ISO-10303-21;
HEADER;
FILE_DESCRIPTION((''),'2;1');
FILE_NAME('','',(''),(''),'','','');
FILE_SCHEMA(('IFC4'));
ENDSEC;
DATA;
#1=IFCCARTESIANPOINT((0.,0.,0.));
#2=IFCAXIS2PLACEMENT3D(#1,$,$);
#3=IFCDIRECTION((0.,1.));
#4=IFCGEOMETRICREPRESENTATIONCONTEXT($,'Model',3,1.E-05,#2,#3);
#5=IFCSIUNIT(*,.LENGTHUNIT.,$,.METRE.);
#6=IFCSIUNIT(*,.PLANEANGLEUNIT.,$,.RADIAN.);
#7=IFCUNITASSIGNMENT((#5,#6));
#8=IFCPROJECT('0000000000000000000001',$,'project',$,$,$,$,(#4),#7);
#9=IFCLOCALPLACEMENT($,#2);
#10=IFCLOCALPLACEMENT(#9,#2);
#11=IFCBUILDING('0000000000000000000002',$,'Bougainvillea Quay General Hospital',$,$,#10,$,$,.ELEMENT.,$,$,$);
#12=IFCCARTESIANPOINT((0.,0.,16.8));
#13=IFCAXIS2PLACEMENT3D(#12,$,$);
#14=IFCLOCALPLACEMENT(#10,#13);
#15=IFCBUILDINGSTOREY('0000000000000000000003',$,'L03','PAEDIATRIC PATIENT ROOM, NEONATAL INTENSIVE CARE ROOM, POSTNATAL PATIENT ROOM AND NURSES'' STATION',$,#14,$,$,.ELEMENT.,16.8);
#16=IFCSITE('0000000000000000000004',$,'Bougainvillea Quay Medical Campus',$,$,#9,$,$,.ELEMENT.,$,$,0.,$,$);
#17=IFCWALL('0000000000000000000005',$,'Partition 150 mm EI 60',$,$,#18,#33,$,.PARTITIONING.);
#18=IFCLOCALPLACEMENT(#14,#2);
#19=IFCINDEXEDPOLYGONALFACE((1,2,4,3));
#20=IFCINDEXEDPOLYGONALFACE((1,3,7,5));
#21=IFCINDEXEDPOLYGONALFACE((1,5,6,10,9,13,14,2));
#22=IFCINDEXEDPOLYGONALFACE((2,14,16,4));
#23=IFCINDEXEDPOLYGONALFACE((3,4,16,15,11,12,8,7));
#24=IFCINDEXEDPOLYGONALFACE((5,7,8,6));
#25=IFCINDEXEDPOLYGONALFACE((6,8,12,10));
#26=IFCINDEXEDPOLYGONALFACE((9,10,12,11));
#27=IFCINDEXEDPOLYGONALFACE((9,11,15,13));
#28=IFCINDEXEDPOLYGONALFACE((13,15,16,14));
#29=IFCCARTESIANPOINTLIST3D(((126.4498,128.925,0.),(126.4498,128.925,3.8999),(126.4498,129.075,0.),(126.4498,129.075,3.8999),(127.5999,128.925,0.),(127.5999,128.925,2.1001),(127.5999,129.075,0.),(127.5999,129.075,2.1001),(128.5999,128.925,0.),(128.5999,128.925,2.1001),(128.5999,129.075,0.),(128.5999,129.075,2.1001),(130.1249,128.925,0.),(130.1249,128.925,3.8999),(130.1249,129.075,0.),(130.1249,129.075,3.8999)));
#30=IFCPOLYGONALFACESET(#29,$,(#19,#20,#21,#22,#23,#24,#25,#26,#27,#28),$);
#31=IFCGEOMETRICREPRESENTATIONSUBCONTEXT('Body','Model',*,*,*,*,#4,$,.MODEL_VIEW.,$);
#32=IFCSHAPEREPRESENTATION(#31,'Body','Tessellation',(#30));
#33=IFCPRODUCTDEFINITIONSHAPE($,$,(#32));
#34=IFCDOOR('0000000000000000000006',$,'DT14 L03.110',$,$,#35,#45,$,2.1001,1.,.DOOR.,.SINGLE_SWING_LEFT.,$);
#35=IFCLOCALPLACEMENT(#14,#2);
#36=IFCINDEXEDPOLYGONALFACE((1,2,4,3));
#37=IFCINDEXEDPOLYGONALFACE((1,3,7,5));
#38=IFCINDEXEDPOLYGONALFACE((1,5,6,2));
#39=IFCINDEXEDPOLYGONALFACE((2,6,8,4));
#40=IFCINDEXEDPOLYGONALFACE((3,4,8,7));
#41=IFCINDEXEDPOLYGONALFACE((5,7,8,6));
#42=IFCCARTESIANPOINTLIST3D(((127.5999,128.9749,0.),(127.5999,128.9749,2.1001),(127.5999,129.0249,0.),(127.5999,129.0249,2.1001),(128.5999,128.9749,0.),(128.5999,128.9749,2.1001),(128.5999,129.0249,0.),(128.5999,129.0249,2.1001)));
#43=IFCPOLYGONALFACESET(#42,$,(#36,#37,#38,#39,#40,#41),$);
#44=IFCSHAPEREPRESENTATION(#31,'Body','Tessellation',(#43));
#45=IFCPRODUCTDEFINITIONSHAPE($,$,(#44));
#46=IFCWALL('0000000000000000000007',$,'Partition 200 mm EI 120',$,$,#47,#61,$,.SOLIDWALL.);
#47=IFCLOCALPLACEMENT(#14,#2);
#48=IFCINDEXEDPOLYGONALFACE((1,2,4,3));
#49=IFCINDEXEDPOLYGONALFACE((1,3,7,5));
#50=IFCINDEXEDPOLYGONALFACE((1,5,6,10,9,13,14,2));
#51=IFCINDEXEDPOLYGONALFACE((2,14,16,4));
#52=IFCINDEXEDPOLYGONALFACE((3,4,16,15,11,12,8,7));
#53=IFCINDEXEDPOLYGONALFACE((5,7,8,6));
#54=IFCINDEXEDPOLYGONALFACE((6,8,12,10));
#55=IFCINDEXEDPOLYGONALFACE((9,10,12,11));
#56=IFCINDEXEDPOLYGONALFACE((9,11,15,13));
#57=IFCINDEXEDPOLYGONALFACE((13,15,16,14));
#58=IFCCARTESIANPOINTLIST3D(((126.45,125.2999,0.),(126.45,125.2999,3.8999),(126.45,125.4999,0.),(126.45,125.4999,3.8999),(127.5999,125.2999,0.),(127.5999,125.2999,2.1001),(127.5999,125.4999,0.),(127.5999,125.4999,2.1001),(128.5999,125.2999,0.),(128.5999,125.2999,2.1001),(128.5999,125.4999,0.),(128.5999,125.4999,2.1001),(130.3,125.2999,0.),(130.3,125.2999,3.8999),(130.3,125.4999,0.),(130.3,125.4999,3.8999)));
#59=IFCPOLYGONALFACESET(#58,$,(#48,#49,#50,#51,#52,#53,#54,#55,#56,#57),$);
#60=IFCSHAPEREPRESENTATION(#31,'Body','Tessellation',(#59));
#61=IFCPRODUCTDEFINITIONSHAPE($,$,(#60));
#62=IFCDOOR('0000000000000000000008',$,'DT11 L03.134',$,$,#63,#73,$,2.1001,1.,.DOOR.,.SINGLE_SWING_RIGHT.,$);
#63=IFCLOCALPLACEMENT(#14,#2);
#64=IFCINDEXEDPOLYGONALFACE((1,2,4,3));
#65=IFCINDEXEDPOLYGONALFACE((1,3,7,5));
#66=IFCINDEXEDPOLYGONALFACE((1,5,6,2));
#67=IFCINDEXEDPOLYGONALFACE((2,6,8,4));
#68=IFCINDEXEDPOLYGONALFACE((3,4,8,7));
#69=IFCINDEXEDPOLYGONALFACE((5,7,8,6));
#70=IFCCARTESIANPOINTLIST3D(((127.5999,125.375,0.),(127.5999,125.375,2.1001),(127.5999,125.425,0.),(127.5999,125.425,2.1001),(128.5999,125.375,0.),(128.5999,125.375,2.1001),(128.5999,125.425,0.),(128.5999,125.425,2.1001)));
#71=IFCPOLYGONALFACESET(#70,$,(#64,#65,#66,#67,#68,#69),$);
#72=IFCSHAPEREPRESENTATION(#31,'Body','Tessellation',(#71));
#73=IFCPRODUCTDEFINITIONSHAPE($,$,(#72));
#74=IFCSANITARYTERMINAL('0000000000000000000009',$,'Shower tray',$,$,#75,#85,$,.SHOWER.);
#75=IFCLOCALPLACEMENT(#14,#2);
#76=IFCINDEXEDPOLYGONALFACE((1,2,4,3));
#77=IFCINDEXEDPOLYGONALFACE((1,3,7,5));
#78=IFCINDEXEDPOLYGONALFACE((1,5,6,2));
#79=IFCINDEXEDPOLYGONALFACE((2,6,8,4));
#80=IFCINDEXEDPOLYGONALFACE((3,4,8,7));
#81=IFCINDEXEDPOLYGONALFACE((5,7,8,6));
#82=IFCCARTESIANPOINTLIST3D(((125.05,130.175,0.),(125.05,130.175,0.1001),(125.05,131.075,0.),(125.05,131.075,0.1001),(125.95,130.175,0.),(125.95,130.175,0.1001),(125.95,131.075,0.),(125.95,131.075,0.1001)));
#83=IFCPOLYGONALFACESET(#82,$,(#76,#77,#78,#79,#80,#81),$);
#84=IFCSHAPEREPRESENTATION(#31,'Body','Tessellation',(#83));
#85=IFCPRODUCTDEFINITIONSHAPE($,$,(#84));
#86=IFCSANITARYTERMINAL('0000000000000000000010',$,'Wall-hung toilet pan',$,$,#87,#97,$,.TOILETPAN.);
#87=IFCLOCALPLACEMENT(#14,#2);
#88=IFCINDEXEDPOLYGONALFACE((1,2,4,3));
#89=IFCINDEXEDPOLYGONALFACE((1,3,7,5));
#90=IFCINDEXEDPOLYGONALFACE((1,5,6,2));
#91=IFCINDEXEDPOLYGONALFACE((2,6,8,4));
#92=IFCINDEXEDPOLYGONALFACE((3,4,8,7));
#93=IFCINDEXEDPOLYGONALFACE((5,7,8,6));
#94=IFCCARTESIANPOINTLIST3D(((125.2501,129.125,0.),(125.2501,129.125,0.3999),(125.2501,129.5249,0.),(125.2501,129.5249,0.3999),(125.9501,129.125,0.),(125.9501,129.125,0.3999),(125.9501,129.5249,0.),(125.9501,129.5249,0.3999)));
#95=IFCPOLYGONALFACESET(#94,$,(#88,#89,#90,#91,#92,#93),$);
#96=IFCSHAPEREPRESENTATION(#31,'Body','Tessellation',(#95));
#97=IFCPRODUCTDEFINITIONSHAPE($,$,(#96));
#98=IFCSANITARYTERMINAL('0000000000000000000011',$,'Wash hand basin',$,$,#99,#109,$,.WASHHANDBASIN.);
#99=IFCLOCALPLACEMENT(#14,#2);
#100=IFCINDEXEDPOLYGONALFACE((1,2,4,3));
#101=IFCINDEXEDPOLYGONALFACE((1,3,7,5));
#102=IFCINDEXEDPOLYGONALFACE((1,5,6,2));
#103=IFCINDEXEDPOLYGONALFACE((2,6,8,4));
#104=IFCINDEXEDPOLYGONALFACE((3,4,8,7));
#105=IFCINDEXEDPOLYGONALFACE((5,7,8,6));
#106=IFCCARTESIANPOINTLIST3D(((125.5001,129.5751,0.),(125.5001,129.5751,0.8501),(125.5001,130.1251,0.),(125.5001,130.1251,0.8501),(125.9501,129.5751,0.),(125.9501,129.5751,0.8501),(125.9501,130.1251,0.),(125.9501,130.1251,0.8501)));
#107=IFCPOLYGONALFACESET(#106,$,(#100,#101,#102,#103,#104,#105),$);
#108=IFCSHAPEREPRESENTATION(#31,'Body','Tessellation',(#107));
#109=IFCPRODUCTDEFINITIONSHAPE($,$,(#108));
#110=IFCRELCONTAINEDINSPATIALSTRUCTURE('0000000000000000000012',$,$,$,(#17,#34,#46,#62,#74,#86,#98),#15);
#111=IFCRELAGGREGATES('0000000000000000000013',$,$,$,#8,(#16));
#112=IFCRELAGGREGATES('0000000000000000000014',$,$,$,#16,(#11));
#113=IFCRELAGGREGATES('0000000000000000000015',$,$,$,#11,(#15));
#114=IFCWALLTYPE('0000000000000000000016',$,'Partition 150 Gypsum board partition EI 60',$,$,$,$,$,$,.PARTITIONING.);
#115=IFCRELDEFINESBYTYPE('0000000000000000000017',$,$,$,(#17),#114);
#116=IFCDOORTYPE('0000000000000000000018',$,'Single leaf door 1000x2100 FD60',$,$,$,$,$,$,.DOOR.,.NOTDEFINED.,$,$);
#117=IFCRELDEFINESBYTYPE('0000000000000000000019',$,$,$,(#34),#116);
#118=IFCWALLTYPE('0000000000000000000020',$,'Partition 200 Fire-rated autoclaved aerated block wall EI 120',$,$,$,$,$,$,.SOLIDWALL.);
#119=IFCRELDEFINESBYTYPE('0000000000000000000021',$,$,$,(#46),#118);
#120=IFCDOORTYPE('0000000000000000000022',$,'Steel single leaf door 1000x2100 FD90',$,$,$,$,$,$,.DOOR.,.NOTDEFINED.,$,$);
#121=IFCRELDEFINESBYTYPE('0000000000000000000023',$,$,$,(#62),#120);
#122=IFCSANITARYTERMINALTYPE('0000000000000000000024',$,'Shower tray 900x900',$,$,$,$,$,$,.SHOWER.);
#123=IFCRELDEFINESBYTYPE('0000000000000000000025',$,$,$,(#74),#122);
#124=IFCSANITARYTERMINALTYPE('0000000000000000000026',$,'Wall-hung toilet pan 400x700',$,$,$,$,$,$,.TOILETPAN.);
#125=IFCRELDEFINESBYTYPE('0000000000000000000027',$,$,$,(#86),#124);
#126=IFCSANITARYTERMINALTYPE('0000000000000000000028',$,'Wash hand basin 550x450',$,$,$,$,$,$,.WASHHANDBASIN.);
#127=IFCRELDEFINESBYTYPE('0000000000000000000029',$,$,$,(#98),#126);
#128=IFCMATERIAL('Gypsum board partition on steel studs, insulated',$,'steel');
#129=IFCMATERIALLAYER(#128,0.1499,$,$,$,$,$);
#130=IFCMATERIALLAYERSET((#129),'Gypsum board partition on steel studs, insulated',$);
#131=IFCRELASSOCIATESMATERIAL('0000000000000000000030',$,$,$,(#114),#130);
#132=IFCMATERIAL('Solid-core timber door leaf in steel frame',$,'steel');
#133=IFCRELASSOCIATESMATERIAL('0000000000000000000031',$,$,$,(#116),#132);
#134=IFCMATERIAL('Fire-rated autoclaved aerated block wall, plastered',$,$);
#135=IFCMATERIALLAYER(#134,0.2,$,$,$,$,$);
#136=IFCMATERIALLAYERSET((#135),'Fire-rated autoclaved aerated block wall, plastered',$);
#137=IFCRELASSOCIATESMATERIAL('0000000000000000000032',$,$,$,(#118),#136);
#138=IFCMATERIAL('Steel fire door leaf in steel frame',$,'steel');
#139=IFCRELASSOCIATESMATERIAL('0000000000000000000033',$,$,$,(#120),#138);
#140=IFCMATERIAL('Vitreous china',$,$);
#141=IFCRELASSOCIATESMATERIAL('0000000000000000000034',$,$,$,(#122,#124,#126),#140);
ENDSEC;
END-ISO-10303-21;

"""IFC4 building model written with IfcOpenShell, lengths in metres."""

from ifc_helpers import new_model, si_unit, direction, frame, frame_2d, origin, origin_2d, place, context, subcontext, project, spatial, rectangle, extrude, material, layer, layer_set, type_object, element, fill, save


model = new_model("IFC4")

# Units and contexts
model_context = context("Model", 3, precision=1e-05, world=origin(), true_north=direction((0.0, 1.0)))
body_context = subcontext(model_context, "Body", "Model", "MODEL_VIEW")
ifc_project = project(units=[si_unit("LENGTHUNIT", "METRE"), si_unit("PLANEANGLEUNIT", "RADIAN")], contexts=[model_context])

# Site, building, storey
site_placement = place(None, origin())
site = spatial("IfcSite", under=ifc_project, at=site_placement, Name="Bougainvillea Quay Medical Campus", CompositionType="ELEMENT", RefElevation=0.0)
building_placement = place(site_placement, origin())
building = spatial("IfcBuilding", under=site, at=building_placement, Name="Bougainvillea Quay General Hospital", CompositionType="ELEMENT")
storey_placement = place(building_placement, frame((0.0, 0.0, 16.8)))
storey = spatial("IfcBuildingStorey", under=building, at=storey_placement, Name="L03", Description="PAEDIATRIC PATIENT ROOM, NEONATAL INTENSIVE CARE ROOM, POSTNATAL PATIENT ROOM AND NURSES' STATION", CompositionType="ELEMENT", Elevation=16.8)

# Shared definitions
ifc_material_1 = material(Name="Gypsum board partition on steel studs, insulated", Category="steel")

# Shared definitions
ifc_material_2 = material(Name="Solid-core timber door leaf in steel frame", Category="steel")

# Shared definitions
ifc_layer_1 = layer(ifc_material_1, 0.1499)
ifc_layer_set_1 = layer_set([ifc_layer_1], Name="Gypsum board partition on steel studs, insulated")
wall_type_1 = type_object("IfcWallType", Name="Partition 150 Gypsum board partition EI 60", PredefinedType="PARTITIONING", material=ifc_layer_set_1)

# Walls, openings, doors
wall_1_placement = place(storey_placement, frame((126.45, 129.0, 0.0), z_axis=(0.0, 0.0, 1.0), x_axis=(1.0, 0.0, 0.0)))
wall_1 = element("IfcWall", 1, at=wall_1_placement, inside=storey, type_object=wall_type_1, Name="Partition 150 mm EI 60", PredefinedType="PARTITIONING", context=body_context, shape_type="SweptSolid", body=[
    extrude(rectangle(XDim=3.675, YDim=0.1499, at=frame_2d((1.8374, 0.0))), origin(), (0.0, 0.0, 1.0), 3.8999),
])
opening_1_placement = place(wall_1_placement, frame((1.1499, 0.0, 0.0)))
opening_1 = element("IfcOpeningElement", 2, at=opening_1_placement, cuts=wall_1, PredefinedType="OPENING", context=body_context, shape_type="SweptSolid", body=[
    extrude(rectangle(XDim=1.0, YDim=2.1001, at=frame_2d((0.5, 1.05))), frame((0.0, 0.085, 0.0), z_axis=(0.0, -1.0, 0.0), x_axis=(1.0, 0.0, 0.0)), (0.0, 0.0, 1.0), 0.1699),
])
door_type_1 = type_object("IfcDoorType", Name="Single leaf door 1000x2100 FD60", OperationType="NOTDEFINED", PredefinedType="DOOR", material=ifc_material_2)
door_1_placement = place(opening_1_placement, origin())
door_1 = element("IfcDoor", 3, at=door_1_placement, inside=storey, type_object=door_type_1, Name="DT14 L03.110", OperationType="SINGLE_SWING_LEFT", OverallHeight=2.1001, OverallWidth=1.0, PredefinedType="DOOR", context=body_context, shape_type="SweptSolid", body=[
    extrude(rectangle(XDim=1.0, YDim=2.1001, at=frame_2d((0.5, 1.05))), frame((0.0, 0.0249, 0.0), z_axis=(0.0, -1.0, 0.0), x_axis=(1.0, 0.0, 0.0)), (0.0, 0.0, 1.0), 0.05),
])
fill(opening_1, door_1)
ifc_material_3 = material(Name="Fire-rated autoclaved aerated block wall, plastered")
ifc_layer_2 = layer(ifc_material_3, 0.2)
ifc_layer_set_2 = layer_set([ifc_layer_2], Name="Fire-rated autoclaved aerated block wall, plastered")
wall_type_2 = type_object("IfcWallType", Name="Partition 200 Fire-rated autoclaved aerated block wall EI 120", PredefinedType="SOLIDWALL", material=ifc_layer_set_2)
wall_2_placement = place(storey_placement, frame((126.45, 125.3999, 0.0), z_axis=(0.0, 0.0, 1.0), x_axis=(1.0, 0.0, 0.0)))
wall_2 = element("IfcWall", 4, at=wall_2_placement, inside=storey, type_object=wall_type_2, Name="Partition 200 mm EI 120", PredefinedType="SOLIDWALL", context=body_context, shape_type="SweptSolid", body=[
    extrude(rectangle(XDim=3.8501, YDim=0.2, at=frame_2d((1.925, 0.0))), origin(), (0.0, 0.0, 1.0), 3.8999),
])
opening_2_placement = place(wall_2_placement, frame((1.1499, 0.0, 0.0)))
opening_2 = element("IfcOpeningElement", 5, at=opening_2_placement, cuts=wall_2, PredefinedType="OPENING", context=body_context, shape_type="SweptSolid", body=[
    extrude(rectangle(XDim=1.0, YDim=2.1001, at=frame_2d((0.5, 1.05))), frame((0.0, 0.1099, 0.0), z_axis=(0.0, -1.0, 0.0), x_axis=(1.0, 0.0, 0.0)), (0.0, 0.0, 1.0), 0.22),
])
ifc_material_4 = material(Name="Steel fire door leaf in steel frame", Category="steel")
door_type_2 = type_object("IfcDoorType", Name="Steel single leaf door 1000x2100 FD90", OperationType="NOTDEFINED", PredefinedType="DOOR", material=ifc_material_4)
door_2_placement = place(opening_2_placement, frame((1.0, 0.0, 0.0), z_axis=(0.0, 0.0, 1.0), x_axis=(-1.0, 0.0, 0.0)))
door_2 = element("IfcDoor", 6, at=door_2_placement, inside=storey, type_object=door_type_2, Name="DT11 L03.134", OperationType="SINGLE_SWING_RIGHT", OverallHeight=2.1001, OverallWidth=1.0, PredefinedType="DOOR", context=body_context, shape_type="SweptSolid", body=[
    extrude(rectangle(XDim=1.0, YDim=2.1001, at=frame_2d((0.5, 1.05))), frame((0.0, 0.0249, 0.0), z_axis=(0.0, -1.0, 0.0), x_axis=(1.0, 0.0, 0.0)), (0.0, 0.0, 1.0), 0.05),
])
fill(opening_2, door_2)

# Sanitary terminals
ifc_material_5 = material(Name="Vitreous china")
sanitary_terminal_type_1 = type_object("IfcSanitaryTerminalType", Name="Shower tray 900x900", PredefinedType="SHOWER", material=ifc_material_5)
sanitary_terminal_1_placement = place(storey_placement, frame((125.5, 130.625, 0.0), z_axis=(0.0, 0.0, 1.0), x_axis=(0.0, -1.0, 0.0)))
element("IfcSanitaryTerminal", 7, at=sanitary_terminal_1_placement, inside=storey, type_object=sanitary_terminal_type_1, Name="Shower tray", PredefinedType="SHOWER", context=body_context, shape_type="SweptSolid", body=[
    extrude(rectangle(XDim=0.8999, YDim=0.8999, at=origin_2d()), origin(), (0.0, 0.0, 1.0), 0.1001),
])
sanitary_terminal_type_2 = type_object("IfcSanitaryTerminalType", Name="Wall-hung toilet pan 400x700", PredefinedType="TOILETPAN", material=ifc_material_5)
sanitary_terminal_2_placement = place(storey_placement, frame((125.6001, 129.325, 0.0), z_axis=(0.0, 0.0, 1.0), x_axis=(0.0, -1.0, 0.0)))
element("IfcSanitaryTerminal", 8, at=sanitary_terminal_2_placement, inside=storey, type_object=sanitary_terminal_type_2, Name="Wall-hung toilet pan", PredefinedType="TOILETPAN", context=body_context, shape_type="SweptSolid", body=[
    extrude(rectangle(XDim=0.3999, YDim=0.7, at=origin_2d()), origin(), (0.0, 0.0, 1.0), 0.3999),
])
sanitary_terminal_type_3 = type_object("IfcSanitaryTerminalType", Name="Wash hand basin 550x450", PredefinedType="WASHHANDBASIN", material=ifc_material_5)
sanitary_terminal_3_placement = place(storey_placement, frame((125.7251, 129.8501, 0.0), z_axis=(0.0, 0.0, 1.0), x_axis=(0.0, -1.0, 0.0)))
element("IfcSanitaryTerminal", 9, at=sanitary_terminal_3_placement, inside=storey, type_object=sanitary_terminal_type_3, Name="Wash hand basin", PredefinedType="WASHHANDBASIN", context=body_context, shape_type="SweptSolid", body=[
    extrude(rectangle(XDim=0.55, YDim=0.45, at=origin_2d()), origin(), (0.0, 0.0, 1.0), 0.8501),
])

save(model, "model.ifc")
